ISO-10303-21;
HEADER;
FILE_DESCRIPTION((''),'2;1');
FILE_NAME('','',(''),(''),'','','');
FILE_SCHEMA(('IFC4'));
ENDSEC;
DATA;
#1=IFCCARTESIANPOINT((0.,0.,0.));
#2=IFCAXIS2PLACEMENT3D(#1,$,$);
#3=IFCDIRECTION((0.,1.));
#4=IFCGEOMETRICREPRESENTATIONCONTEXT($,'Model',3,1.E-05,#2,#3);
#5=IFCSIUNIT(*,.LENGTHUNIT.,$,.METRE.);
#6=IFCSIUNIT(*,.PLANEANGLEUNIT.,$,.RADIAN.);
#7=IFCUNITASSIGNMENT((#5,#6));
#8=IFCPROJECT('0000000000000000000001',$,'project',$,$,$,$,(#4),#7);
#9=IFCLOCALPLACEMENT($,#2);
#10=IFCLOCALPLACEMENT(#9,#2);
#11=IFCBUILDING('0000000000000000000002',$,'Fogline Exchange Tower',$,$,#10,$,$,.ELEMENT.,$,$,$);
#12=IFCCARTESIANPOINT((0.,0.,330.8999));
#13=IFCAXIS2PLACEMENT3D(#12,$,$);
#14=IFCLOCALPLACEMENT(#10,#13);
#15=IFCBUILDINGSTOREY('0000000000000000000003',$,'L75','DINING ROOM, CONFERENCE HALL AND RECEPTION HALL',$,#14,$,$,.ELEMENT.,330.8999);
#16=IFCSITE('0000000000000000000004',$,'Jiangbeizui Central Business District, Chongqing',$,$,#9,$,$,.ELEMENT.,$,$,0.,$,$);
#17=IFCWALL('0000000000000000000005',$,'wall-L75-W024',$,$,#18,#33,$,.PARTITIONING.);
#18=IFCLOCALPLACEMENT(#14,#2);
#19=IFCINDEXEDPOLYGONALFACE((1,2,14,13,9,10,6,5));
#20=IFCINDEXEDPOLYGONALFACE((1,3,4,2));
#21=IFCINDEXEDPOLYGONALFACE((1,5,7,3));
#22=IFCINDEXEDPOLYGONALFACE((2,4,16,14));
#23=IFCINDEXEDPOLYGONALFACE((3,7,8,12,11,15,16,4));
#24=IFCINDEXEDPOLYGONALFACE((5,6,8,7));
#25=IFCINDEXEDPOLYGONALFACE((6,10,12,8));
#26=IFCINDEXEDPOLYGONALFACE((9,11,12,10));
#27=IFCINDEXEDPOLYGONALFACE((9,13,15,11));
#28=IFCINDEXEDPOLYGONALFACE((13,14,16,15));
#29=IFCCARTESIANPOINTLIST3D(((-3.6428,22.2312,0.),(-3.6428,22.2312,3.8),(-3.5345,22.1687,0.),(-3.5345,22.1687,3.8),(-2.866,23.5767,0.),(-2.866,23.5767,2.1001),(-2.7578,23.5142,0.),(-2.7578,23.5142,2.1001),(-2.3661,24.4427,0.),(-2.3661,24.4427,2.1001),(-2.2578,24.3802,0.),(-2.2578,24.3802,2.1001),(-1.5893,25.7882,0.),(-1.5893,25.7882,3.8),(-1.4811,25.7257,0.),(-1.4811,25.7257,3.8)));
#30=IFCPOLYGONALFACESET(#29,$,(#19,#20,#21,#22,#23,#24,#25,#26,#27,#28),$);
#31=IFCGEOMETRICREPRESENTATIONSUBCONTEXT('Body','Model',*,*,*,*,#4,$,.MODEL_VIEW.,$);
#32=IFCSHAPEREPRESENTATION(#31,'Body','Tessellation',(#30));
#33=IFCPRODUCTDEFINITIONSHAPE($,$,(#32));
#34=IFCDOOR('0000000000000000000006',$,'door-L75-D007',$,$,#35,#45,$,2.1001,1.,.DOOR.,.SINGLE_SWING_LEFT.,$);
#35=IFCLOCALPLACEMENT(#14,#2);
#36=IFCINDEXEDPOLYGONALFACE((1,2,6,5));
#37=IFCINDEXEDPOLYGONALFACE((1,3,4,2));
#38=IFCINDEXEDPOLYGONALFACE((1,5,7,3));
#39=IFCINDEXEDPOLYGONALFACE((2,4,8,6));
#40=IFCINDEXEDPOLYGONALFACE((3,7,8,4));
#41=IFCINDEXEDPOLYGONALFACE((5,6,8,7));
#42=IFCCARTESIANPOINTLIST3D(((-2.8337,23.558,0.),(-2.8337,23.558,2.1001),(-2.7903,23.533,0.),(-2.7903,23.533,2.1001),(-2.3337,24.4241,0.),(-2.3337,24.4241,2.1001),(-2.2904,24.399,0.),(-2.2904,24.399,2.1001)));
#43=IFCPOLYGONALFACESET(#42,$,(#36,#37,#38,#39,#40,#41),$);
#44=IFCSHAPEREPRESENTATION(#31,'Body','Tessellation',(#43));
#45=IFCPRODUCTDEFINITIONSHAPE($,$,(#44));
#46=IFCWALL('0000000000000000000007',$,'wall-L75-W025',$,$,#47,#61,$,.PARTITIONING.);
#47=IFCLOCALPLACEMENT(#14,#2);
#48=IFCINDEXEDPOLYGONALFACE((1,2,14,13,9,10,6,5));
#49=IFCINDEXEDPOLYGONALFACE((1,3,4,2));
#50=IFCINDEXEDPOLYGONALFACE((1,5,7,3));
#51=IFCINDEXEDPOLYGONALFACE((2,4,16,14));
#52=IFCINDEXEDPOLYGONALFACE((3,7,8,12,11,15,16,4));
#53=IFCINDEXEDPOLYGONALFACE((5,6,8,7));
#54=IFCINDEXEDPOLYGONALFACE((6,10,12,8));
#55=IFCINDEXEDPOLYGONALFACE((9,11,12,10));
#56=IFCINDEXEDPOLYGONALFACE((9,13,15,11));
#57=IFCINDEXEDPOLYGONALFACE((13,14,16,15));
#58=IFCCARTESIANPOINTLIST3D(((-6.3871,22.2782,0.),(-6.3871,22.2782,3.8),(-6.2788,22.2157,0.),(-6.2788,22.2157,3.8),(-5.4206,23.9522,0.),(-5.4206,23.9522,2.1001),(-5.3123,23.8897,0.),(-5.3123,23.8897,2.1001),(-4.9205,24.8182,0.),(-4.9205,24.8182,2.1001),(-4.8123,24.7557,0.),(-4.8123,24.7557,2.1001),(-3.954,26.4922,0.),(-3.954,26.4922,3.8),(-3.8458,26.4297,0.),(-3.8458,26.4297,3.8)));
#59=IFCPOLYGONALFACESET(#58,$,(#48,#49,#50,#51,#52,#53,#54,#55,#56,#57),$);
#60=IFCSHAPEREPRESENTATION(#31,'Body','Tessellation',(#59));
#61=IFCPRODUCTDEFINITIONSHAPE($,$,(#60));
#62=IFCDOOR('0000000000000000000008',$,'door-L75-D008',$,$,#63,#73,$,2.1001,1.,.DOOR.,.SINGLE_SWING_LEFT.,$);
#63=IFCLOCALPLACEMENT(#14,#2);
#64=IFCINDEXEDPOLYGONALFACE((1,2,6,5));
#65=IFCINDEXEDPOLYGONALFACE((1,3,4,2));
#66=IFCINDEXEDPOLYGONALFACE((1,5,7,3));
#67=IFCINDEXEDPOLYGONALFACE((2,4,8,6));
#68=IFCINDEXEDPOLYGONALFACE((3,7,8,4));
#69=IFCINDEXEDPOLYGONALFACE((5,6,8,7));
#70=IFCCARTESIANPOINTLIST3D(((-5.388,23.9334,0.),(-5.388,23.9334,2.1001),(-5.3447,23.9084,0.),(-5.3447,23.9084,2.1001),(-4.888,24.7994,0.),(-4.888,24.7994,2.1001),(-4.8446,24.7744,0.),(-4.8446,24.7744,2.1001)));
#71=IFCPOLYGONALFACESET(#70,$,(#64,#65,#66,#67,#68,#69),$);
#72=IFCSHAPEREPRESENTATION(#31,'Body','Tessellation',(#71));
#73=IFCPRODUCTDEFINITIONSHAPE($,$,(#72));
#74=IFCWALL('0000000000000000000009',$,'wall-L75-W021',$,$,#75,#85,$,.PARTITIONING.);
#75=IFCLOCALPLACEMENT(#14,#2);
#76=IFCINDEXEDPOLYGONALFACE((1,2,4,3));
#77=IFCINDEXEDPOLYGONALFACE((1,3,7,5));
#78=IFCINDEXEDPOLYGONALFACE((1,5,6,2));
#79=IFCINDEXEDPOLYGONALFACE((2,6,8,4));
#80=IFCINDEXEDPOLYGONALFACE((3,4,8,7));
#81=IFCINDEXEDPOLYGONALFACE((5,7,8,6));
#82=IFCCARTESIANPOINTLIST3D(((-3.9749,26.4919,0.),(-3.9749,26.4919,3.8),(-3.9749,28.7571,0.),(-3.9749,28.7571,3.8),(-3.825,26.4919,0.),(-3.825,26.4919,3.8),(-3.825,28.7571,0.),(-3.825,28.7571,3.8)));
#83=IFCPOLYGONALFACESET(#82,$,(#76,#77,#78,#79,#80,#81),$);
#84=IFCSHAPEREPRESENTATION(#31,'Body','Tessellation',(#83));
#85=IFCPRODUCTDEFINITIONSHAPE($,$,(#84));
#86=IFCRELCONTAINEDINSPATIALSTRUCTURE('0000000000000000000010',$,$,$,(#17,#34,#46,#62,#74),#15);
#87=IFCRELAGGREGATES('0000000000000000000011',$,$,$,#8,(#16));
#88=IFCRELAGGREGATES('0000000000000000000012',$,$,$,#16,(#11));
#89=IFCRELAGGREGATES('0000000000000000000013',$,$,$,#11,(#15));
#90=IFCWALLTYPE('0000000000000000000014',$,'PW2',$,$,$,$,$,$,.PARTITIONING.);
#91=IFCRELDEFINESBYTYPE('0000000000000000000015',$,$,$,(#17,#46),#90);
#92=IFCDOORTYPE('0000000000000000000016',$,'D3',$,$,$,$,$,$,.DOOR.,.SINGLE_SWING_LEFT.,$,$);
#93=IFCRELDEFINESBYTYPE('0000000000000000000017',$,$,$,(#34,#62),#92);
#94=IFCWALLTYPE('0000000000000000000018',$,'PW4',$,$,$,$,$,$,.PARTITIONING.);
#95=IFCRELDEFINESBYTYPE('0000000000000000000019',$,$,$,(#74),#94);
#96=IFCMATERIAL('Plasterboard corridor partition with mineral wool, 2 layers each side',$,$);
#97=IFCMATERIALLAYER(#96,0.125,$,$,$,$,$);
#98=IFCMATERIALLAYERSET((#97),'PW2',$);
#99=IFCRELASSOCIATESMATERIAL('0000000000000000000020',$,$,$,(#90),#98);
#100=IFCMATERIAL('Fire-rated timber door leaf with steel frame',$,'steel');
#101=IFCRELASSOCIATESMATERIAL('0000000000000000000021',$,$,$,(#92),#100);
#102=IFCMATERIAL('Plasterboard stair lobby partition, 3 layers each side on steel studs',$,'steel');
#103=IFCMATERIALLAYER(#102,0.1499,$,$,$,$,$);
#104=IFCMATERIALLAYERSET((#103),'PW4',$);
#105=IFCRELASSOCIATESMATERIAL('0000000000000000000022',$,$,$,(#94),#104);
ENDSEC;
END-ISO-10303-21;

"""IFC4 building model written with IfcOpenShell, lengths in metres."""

from ifc_helpers import new_model, si_unit, direction, frame, frame_2d, origin, place, context, subcontext, project, spatial, rectangle, extrude, material, layer, layer_set, type_object, element, fill, save


model = new_model("IFC4")

# Units and contexts
model_context = context("Model", 3, precision=1e-05, world=origin(), true_north=direction((0.0, 1.0)))
body_context = subcontext(model_context, "Body", "Model", "MODEL_VIEW")
ifc_project = project(units=[si_unit("LENGTHUNIT", "METRE"), si_unit("PLANEANGLEUNIT", "RADIAN")], contexts=[model_context])

# Site, building, storey
site_placement = place(None, origin())
site = spatial("IfcSite", under=ifc_project, at=site_placement, Name="Jiangbeizui Central Business District, Chongqing", CompositionType="ELEMENT", RefElevation=0.0)
building_placement = place(site_placement, origin())
building = spatial("IfcBuilding", under=site, at=building_placement, Name="Fogline Exchange Tower", CompositionType="ELEMENT")
storey_placement = place(building_placement, frame((0.0, 0.0, 330.8999)))
storey = spatial("IfcBuildingStorey", under=building, at=storey_placement, Name="L75", Description="DINING ROOM, CONFERENCE HALL AND RECEPTION HALL", CompositionType="ELEMENT", Elevation=330.8999)

# Walls, openings, doors
ifc_material_1 = material(Name="Plasterboard corridor partition with mineral wool, 2 layers each side")
ifc_layer_1 = layer(ifc_material_1, 0.125)
ifc_layer_set_1 = layer_set([ifc_layer_1], Name="PW2")
wall_type_1 = type_object("IfcWallType", Name="PW2", PredefinedType="PARTITIONING", material=ifc_layer_set_1)
wall_1_placement = place(storey_placement, frame((-1.5352, 25.7571, 0.0), z_axis=(0.0, 0.0, 1.0), x_axis=(-0.499956, -0.866051, 0.0)))
wall_1 = element("IfcWall", 1, at=wall_1_placement, inside=storey, type_object=wall_type_1, Name="wall-L75-W024", PredefinedType="PARTITIONING", context=body_context, shape_type="SweptSolid", body=[
    extrude(rectangle(XDim=4.1072, YDim=0.125, at=frame_2d((2.0537, 0.0))), origin(), (0.0, 0.0, 1.0), 3.8),
])
opening_1_placement = place(wall_1_placement, frame((1.5537, 0.0, 0.0)))
opening_1 = element("IfcOpeningElement", 2, at=opening_1_placement, cuts=wall_1, PredefinedType="OPENING", context=body_context, shape_type="SweptSolid", body=[
    extrude(rectangle(XDim=1.0, YDim=2.1001, at=frame_2d((0.5, 1.05))), frame((0.0, 0.0725, 0.0), z_axis=(0.0, -1.0, 0.0), x_axis=(1.0, 0.0, 0.0)), (0.0, 0.0, 1.0), 0.145),
])
ifc_material_2 = material(Name="Fire-rated timber door leaf with steel frame", Category="steel")
door_type_1 = type_object("IfcDoorType", Name="D3", OperationType="SINGLE_SWING_LEFT", PredefinedType="DOOR", material=ifc_material_2)
door_1_placement = place(opening_1_placement, origin())
door_1 = element("IfcDoor", 3, at=door_1_placement, inside=storey, type_object=door_type_1, Name="door-L75-D007", OperationType="SINGLE_SWING_LEFT", OverallHeight=2.1001, OverallWidth=1.0, PredefinedType="DOOR", context=body_context, shape_type="SweptSolid", body=[
    extrude(rectangle(XDim=1.0, YDim=2.1001, at=frame_2d((0.5, 1.05))), frame((0.0, 0.0249, 0.0), z_axis=(0.0, -1.0, 0.0), x_axis=(1.0, 0.0, 0.0)), (0.0, 0.0, 1.0), 0.05),
])
fill(opening_1, door_1)
wall_2_placement = place(storey_placement, frame((-6.333, 22.2468, 0.0), z_axis=(0.0, 0.0, 1.0), x_axis=(0.500013, 0.866018, 0.0)))
wall_2 = element("IfcWall", 4, at=wall_2_placement, inside=storey, type_object=wall_type_1, Name="wall-L75-W025", PredefinedType="PARTITIONING", context=body_context, shape_type="SweptSolid", body=[
    extrude(rectangle(XDim=4.866, YDim=0.125, at=frame_2d((2.4331, 0.0))), origin(), (0.0, 0.0, 1.0), 3.8),
])
opening_2_placement = place(wall_2_placement, frame((1.9331, 0.0, 0.0)))
opening_2 = element("IfcOpeningElement", 5, at=opening_2_placement, cuts=wall_2, PredefinedType="OPENING", context=body_context, shape_type="SweptSolid", body=[
    extrude(rectangle(XDim=1.0, YDim=2.1001, at=frame_2d((0.5, 1.05))), frame((0.0, 0.0725, 0.0), z_axis=(0.0, -1.0, 0.0), x_axis=(1.0, 0.0, 0.0)), (0.0, 0.0, 1.0), 0.145),
])
door_2_placement = place(opening_2_placement, origin())
door_2 = element("IfcDoor", 6, at=door_2_placement, inside=storey, type_object=door_type_1, Name="door-L75-D008", OperationType="SINGLE_SWING_LEFT", OverallHeight=2.1001, OverallWidth=1.0, PredefinedType="DOOR", context=body_context, shape_type="SweptSolid", body=[
    extrude(rectangle(XDim=1.0, YDim=2.1001, at=frame_2d((0.5, 1.05))), frame((0.0, 0.0249, 0.0), z_axis=(0.0, -1.0, 0.0), x_axis=(1.0, 0.0, 0.0)), (0.0, 0.0, 1.0), 0.05),
])
fill(opening_2, door_2)

# Wall
ifc_material_3 = material(Name="Plasterboard stair lobby partition, 3 layers each side on steel studs", Category="steel")
ifc_layer_2 = layer(ifc_material_3, 0.1499)
ifc_layer_set_2 = layer_set([ifc_layer_2], Name="PW4")
wall_type_2 = type_object("IfcWallType", Name="PW4", PredefinedType="PARTITIONING", material=ifc_layer_set_2)
wall_3_placement = place(storey_placement, frame((-3.8999, 26.4919, 0.0), z_axis=(0.0, 0.0, 1.0), x_axis=(0.0, 1.0, 0.0)))
element("IfcWall", 7, at=wall_3_placement, inside=storey, type_object=wall_type_2, Name="wall-L75-W021", PredefinedType="PARTITIONING", context=body_context, shape_type="SweptSolid", body=[
    extrude(rectangle(XDim=2.2651, YDim=0.1499, at=frame_2d((1.1326, 0.0))), origin(), (0.0, 0.0, 1.0), 3.8),
])

save(model, "model.ifc")
